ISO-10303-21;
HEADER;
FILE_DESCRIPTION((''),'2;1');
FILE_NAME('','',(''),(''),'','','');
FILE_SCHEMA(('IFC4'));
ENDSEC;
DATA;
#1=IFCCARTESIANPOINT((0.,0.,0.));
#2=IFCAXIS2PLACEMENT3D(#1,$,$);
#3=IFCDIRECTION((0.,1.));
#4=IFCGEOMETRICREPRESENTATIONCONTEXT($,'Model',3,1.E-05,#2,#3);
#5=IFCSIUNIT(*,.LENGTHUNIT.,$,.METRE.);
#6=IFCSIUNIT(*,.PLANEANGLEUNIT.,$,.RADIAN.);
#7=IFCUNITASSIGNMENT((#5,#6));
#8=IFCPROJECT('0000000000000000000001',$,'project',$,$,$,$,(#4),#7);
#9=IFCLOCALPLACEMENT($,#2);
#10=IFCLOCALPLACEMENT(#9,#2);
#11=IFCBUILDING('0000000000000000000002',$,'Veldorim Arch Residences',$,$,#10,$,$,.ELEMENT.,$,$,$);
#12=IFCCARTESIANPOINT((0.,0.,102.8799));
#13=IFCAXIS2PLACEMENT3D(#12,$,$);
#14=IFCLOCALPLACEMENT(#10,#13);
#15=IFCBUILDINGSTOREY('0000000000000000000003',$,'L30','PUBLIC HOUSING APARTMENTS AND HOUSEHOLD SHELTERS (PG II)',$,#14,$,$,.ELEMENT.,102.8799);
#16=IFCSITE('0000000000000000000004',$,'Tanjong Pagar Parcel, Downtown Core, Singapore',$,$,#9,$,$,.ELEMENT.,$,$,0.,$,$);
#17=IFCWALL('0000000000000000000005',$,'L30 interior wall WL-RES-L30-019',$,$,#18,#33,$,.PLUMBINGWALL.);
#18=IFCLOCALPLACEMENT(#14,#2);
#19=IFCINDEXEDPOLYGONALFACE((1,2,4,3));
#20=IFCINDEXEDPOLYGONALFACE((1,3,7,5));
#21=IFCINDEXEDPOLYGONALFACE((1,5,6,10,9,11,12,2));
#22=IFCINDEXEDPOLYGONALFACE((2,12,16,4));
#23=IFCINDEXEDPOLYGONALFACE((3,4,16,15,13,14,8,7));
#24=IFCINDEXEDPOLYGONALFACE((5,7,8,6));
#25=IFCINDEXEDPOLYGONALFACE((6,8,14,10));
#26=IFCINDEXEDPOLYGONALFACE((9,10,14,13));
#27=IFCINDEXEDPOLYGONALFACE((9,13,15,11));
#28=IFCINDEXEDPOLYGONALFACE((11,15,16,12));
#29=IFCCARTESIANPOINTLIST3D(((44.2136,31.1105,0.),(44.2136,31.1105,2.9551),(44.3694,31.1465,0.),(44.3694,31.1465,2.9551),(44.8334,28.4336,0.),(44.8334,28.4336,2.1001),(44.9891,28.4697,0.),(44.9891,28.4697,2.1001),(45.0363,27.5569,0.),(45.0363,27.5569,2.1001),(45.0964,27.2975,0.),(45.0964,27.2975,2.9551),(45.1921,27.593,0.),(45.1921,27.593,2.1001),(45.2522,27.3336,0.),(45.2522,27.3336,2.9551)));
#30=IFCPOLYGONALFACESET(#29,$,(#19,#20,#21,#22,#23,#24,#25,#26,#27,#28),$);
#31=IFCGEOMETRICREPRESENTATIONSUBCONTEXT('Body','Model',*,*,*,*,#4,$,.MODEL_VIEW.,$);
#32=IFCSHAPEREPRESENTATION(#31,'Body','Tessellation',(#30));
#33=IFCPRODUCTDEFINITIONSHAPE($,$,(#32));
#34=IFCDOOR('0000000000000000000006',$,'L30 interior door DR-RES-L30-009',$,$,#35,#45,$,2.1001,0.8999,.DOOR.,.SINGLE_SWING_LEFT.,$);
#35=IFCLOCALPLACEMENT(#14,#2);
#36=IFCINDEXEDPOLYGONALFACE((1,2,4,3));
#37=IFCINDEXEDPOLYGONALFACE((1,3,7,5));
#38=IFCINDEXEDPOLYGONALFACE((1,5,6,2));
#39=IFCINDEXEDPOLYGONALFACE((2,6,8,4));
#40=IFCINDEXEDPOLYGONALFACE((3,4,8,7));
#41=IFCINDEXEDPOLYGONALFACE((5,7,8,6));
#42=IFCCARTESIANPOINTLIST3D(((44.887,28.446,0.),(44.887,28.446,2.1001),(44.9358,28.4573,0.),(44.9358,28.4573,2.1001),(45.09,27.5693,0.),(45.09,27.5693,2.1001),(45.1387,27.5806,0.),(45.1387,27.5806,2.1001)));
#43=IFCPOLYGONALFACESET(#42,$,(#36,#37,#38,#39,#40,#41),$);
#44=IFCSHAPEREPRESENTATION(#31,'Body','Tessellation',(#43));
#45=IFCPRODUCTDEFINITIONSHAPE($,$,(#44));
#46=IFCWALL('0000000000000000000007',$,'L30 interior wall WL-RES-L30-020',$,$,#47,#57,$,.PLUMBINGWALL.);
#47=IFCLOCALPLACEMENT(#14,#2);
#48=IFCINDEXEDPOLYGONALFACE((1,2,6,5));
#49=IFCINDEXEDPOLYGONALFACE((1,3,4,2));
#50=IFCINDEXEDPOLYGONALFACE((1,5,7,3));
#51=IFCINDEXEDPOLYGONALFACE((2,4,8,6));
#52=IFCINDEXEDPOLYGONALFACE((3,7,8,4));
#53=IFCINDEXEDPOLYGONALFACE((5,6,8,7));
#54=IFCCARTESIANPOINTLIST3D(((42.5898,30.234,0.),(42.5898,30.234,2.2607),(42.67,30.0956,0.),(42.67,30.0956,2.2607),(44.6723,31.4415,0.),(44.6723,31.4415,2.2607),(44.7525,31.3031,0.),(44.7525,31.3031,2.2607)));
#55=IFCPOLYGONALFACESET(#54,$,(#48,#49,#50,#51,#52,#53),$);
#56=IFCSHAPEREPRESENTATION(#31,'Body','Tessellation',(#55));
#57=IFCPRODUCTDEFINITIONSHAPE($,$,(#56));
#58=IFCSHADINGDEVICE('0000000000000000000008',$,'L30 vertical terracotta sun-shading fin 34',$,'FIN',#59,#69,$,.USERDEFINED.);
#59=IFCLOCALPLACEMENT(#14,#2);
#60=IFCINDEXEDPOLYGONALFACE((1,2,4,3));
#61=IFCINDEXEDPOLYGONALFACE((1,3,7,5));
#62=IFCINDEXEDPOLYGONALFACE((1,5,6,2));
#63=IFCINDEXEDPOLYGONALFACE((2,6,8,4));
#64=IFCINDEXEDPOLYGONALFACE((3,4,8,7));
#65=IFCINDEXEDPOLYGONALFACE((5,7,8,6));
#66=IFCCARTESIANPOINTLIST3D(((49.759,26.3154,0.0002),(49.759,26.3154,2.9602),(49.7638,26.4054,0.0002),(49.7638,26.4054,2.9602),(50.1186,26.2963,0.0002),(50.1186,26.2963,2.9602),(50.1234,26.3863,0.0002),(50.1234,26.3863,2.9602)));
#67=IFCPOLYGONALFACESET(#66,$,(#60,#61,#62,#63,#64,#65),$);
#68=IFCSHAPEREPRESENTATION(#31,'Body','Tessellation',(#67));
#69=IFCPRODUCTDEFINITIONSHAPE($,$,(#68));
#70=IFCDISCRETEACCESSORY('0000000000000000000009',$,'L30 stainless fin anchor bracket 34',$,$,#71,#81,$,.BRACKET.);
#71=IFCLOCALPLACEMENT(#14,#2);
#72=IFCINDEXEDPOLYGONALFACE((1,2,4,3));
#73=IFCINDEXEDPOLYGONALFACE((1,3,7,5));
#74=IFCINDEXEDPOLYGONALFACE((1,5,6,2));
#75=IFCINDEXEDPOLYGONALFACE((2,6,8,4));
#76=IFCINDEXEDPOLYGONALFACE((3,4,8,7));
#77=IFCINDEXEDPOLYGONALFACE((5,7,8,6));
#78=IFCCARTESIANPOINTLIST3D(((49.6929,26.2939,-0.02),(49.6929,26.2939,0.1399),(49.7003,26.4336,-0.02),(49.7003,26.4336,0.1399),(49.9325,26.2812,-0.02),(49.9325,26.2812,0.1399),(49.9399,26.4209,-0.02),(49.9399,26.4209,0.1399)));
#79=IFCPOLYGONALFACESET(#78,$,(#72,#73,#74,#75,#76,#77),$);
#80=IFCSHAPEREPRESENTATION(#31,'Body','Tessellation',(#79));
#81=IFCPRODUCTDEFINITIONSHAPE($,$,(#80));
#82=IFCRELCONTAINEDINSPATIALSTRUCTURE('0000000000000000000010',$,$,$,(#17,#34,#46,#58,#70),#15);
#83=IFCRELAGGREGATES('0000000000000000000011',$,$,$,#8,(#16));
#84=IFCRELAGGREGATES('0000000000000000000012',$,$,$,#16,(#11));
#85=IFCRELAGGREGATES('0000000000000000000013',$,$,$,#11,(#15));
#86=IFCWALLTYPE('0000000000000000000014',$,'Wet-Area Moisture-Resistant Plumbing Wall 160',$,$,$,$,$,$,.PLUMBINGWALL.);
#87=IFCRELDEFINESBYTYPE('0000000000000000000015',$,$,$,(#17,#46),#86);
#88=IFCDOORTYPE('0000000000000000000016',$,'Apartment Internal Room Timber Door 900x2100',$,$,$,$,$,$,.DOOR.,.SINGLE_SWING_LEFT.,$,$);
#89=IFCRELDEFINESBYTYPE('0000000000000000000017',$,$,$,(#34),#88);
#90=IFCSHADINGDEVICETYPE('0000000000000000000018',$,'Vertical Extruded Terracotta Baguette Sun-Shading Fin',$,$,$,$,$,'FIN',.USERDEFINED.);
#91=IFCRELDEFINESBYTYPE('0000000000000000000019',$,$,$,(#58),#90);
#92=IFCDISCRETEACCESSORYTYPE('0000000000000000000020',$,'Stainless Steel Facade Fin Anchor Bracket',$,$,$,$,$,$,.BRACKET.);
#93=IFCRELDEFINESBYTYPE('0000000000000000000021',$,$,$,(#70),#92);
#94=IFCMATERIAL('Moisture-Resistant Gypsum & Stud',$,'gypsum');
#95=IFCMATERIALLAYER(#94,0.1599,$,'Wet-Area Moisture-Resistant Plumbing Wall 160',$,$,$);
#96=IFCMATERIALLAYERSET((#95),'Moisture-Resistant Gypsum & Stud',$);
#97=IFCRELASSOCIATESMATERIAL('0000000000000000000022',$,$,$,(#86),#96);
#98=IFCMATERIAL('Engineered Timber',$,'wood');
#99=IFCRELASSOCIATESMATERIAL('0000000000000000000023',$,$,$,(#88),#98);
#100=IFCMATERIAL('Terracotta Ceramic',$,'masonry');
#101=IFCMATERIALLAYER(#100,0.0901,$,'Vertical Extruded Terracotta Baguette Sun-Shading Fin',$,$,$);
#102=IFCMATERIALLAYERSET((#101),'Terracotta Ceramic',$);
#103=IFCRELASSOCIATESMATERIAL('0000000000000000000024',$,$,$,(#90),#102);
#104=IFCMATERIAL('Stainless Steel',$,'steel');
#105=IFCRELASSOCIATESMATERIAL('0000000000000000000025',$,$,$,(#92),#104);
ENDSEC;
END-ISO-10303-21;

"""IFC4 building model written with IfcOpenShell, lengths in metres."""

from ifc_helpers import new_model, si_unit, direction, frame, frame_2d, origin, origin_2d, place, context, subcontext, project, spatial, rectangle, extrude, material, layer, layer_set, type_object, element, fill, save


model = new_model("IFC4")

# Units and contexts
model_context = context("Model", 3, precision=1e-05, world=origin(), true_north=direction((0.0, 1.0)))
body_context = subcontext(model_context, "Body", "Model", "MODEL_VIEW")
ifc_project = project(units=[si_unit("LENGTHUNIT", "METRE"), si_unit("PLANEANGLEUNIT", "RADIAN")], contexts=[model_context])

# Site, building, storey
site_placement = place(None, origin())
site = spatial("IfcSite", under=ifc_project, at=site_placement, Name="Tanjong Pagar Parcel, Downtown Core, Singapore", CompositionType="ELEMENT", RefElevation=0.0)
building_placement = place(site_placement, origin())
building = spatial("IfcBuilding", under=site, at=building_placement, Name="Veldorim Arch Residences", CompositionType="ELEMENT")
storey_placement = place(building_placement, frame((0.0, 0.0, 102.8799)))
storey = spatial("IfcBuildingStorey", under=building, at=storey_placement, Name="L30", Description="PUBLIC HOUSING APARTMENTS AND HOUSEHOLD SHELTERS (PG II)", CompositionType="ELEMENT", Elevation=102.8799)

# Shared definitions
ifc_material_1 = material(Name="Moisture-Resistant Gypsum & Stud", Category="gypsum")
ifc_layer_1 = layer(ifc_material_1, 0.1599, Name="Wet-Area Moisture-Resistant Plumbing Wall 160")
ifc_layer_set_1 = layer_set([ifc_layer_1], Name="Moisture-Resistant Gypsum & Stud")
wall_type_1 = type_object("IfcWallType", Name="Wet-Area Moisture-Resistant Plumbing Wall 160", PredefinedType="PLUMBINGWALL", material=ifc_layer_set_1)

# Wall, opening, door
wall_1_placement = place(storey_placement, frame((45.1743, 27.3154, 0.0), z_axis=(0.0, 0.0, 1.0), x_axis=(-0.225561, 0.974229, 0.0)))
wall_1 = element("IfcWall", 1, at=wall_1_placement, inside=storey, type_object=wall_type_1, Name="L30 interior wall WL-RES-L30-019", PredefinedType="PLUMBINGWALL", context=body_context, shape_type="SweptSolid", body=[
    extrude(rectangle(XDim=3.9138, YDim=0.1599, at=frame_2d((1.957, 0.0))), origin(), (0.0, 0.0, 1.0), 2.9551),
])
opening_1_placement = place(wall_1_placement, frame((0.2664, 0.0, 0.0)))
opening_1 = element("IfcOpeningElement", 2, at=opening_1_placement, cuts=wall_1, PredefinedType="OPENING", context=body_context, shape_type="SweptSolid", body=[
    extrude(rectangle(XDim=0.8999, YDim=2.1001, at=frame_2d((0.45, 1.05))), frame((0.0, 0.0898, 0.0), z_axis=(0.0, -1.0, 0.0), x_axis=(1.0, 0.0, 0.0)), (0.0, 0.0, 1.0), 0.1799),
])
ifc_material_2 = material(Name="Engineered Timber", Category="wood")
door_type_1 = type_object("IfcDoorType", Name="Apartment Internal Room Timber Door 900x2100", OperationType="SINGLE_SWING_LEFT", PredefinedType="DOOR", material=ifc_material_2)
door_1_placement = place(opening_1_placement, origin())
door_1 = element("IfcDoor", 3, at=door_1_placement, inside=storey, type_object=door_type_1, Name="L30 interior door DR-RES-L30-009", OperationType="SINGLE_SWING_LEFT", OverallHeight=2.1001, OverallWidth=0.8999, PredefinedType="DOOR", context=body_context, shape_type="SweptSolid", body=[
    extrude(rectangle(XDim=0.8999, YDim=2.1001, at=frame_2d((0.45, 1.05))), frame((0.0, 0.0249, 0.0), z_axis=(0.0, -1.0, 0.0), x_axis=(1.0, 0.0, 0.0)), (0.0, 0.0, 1.0), 0.05),
])
fill(opening_1, door_1)

# Wall
wall_2_placement = place(storey_placement, frame((42.6299, 30.1648, 0.0), z_axis=(0.0, 0.0, 1.0), x_axis=(0.865093, 0.501612, 0.0)))
element("IfcWall", 4, at=wall_2_placement, inside=storey, type_object=wall_type_1, Name="L30 interior wall WL-RES-L30-020", PredefinedType="PLUMBINGWALL", context=body_context, shape_type="SweptSolid", body=[
    extrude(rectangle(XDim=2.4072, YDim=0.1599, at=frame_2d((1.2036, 0.0))), origin(), (0.0, 0.0, 1.0), 2.2607),
])

# Shading device
ifc_material_3 = material(Name="Terracotta Ceramic", Category="masonry")
ifc_layer_2 = layer(ifc_material_3, 0.0901, Name="Vertical Extruded Terracotta Baguette Sun-Shading Fin")
ifc_layer_set_2 = layer_set([ifc_layer_2], Name="Terracotta Ceramic")
shading_device_type = type_object("IfcShadingDeviceType", Name="Vertical Extruded Terracotta Baguette Sun-Shading Fin", ElementType="FIN", PredefinedType="USERDEFINED", material=ifc_layer_set_2)
shading_device_placement = place(storey_placement, frame((49.9412, 26.3508, 0.0002), z_axis=(0.0, 0.0, 1.0), x_axis=(-0.053033, -0.998593, 0.0)))
element("IfcShadingDevice", 5, at=shading_device_placement, inside=storey, type_object=shading_device_type, Name="L30 vertical terracotta sun-shading fin 34", ObjectType="FIN", PredefinedType="USERDEFINED", context=body_context, shape_type="SweptSolid", body=[
    extrude(rectangle(XDim=0.0901, YDim=0.3601, at=origin_2d()), origin(), (0.0, 0.0, 1.0), 2.96),
])

# Discrete accessory
ifc_material_4 = material(Name="Stainless Steel", Category="steel")
discrete_accessory_type = type_object("IfcDiscreteAccessoryType", Name="Stainless Steel Facade Fin Anchor Bracket", PredefinedType="BRACKET", material=ifc_material_4)
discrete_accessory_placement = place(storey_placement, frame((49.8164, 26.3574, -0.02), z_axis=(0.0, 0.0, 1.0), x_axis=(-0.053033, -0.998593, 0.0)))
element("IfcDiscreteAccessory", 6, at=discrete_accessory_placement, inside=storey, type_object=discrete_accessory_type, Name="L30 stainless fin anchor bracket 34", PredefinedType="BRACKET", context=body_context, shape_type="SweptSolid", body=[
    extrude(rectangle(XDim=0.1399, YDim=0.24, at=origin_2d()), origin(), (0.0, 0.0, 1.0), 0.1599),
])

save(model, "model.ifc")
